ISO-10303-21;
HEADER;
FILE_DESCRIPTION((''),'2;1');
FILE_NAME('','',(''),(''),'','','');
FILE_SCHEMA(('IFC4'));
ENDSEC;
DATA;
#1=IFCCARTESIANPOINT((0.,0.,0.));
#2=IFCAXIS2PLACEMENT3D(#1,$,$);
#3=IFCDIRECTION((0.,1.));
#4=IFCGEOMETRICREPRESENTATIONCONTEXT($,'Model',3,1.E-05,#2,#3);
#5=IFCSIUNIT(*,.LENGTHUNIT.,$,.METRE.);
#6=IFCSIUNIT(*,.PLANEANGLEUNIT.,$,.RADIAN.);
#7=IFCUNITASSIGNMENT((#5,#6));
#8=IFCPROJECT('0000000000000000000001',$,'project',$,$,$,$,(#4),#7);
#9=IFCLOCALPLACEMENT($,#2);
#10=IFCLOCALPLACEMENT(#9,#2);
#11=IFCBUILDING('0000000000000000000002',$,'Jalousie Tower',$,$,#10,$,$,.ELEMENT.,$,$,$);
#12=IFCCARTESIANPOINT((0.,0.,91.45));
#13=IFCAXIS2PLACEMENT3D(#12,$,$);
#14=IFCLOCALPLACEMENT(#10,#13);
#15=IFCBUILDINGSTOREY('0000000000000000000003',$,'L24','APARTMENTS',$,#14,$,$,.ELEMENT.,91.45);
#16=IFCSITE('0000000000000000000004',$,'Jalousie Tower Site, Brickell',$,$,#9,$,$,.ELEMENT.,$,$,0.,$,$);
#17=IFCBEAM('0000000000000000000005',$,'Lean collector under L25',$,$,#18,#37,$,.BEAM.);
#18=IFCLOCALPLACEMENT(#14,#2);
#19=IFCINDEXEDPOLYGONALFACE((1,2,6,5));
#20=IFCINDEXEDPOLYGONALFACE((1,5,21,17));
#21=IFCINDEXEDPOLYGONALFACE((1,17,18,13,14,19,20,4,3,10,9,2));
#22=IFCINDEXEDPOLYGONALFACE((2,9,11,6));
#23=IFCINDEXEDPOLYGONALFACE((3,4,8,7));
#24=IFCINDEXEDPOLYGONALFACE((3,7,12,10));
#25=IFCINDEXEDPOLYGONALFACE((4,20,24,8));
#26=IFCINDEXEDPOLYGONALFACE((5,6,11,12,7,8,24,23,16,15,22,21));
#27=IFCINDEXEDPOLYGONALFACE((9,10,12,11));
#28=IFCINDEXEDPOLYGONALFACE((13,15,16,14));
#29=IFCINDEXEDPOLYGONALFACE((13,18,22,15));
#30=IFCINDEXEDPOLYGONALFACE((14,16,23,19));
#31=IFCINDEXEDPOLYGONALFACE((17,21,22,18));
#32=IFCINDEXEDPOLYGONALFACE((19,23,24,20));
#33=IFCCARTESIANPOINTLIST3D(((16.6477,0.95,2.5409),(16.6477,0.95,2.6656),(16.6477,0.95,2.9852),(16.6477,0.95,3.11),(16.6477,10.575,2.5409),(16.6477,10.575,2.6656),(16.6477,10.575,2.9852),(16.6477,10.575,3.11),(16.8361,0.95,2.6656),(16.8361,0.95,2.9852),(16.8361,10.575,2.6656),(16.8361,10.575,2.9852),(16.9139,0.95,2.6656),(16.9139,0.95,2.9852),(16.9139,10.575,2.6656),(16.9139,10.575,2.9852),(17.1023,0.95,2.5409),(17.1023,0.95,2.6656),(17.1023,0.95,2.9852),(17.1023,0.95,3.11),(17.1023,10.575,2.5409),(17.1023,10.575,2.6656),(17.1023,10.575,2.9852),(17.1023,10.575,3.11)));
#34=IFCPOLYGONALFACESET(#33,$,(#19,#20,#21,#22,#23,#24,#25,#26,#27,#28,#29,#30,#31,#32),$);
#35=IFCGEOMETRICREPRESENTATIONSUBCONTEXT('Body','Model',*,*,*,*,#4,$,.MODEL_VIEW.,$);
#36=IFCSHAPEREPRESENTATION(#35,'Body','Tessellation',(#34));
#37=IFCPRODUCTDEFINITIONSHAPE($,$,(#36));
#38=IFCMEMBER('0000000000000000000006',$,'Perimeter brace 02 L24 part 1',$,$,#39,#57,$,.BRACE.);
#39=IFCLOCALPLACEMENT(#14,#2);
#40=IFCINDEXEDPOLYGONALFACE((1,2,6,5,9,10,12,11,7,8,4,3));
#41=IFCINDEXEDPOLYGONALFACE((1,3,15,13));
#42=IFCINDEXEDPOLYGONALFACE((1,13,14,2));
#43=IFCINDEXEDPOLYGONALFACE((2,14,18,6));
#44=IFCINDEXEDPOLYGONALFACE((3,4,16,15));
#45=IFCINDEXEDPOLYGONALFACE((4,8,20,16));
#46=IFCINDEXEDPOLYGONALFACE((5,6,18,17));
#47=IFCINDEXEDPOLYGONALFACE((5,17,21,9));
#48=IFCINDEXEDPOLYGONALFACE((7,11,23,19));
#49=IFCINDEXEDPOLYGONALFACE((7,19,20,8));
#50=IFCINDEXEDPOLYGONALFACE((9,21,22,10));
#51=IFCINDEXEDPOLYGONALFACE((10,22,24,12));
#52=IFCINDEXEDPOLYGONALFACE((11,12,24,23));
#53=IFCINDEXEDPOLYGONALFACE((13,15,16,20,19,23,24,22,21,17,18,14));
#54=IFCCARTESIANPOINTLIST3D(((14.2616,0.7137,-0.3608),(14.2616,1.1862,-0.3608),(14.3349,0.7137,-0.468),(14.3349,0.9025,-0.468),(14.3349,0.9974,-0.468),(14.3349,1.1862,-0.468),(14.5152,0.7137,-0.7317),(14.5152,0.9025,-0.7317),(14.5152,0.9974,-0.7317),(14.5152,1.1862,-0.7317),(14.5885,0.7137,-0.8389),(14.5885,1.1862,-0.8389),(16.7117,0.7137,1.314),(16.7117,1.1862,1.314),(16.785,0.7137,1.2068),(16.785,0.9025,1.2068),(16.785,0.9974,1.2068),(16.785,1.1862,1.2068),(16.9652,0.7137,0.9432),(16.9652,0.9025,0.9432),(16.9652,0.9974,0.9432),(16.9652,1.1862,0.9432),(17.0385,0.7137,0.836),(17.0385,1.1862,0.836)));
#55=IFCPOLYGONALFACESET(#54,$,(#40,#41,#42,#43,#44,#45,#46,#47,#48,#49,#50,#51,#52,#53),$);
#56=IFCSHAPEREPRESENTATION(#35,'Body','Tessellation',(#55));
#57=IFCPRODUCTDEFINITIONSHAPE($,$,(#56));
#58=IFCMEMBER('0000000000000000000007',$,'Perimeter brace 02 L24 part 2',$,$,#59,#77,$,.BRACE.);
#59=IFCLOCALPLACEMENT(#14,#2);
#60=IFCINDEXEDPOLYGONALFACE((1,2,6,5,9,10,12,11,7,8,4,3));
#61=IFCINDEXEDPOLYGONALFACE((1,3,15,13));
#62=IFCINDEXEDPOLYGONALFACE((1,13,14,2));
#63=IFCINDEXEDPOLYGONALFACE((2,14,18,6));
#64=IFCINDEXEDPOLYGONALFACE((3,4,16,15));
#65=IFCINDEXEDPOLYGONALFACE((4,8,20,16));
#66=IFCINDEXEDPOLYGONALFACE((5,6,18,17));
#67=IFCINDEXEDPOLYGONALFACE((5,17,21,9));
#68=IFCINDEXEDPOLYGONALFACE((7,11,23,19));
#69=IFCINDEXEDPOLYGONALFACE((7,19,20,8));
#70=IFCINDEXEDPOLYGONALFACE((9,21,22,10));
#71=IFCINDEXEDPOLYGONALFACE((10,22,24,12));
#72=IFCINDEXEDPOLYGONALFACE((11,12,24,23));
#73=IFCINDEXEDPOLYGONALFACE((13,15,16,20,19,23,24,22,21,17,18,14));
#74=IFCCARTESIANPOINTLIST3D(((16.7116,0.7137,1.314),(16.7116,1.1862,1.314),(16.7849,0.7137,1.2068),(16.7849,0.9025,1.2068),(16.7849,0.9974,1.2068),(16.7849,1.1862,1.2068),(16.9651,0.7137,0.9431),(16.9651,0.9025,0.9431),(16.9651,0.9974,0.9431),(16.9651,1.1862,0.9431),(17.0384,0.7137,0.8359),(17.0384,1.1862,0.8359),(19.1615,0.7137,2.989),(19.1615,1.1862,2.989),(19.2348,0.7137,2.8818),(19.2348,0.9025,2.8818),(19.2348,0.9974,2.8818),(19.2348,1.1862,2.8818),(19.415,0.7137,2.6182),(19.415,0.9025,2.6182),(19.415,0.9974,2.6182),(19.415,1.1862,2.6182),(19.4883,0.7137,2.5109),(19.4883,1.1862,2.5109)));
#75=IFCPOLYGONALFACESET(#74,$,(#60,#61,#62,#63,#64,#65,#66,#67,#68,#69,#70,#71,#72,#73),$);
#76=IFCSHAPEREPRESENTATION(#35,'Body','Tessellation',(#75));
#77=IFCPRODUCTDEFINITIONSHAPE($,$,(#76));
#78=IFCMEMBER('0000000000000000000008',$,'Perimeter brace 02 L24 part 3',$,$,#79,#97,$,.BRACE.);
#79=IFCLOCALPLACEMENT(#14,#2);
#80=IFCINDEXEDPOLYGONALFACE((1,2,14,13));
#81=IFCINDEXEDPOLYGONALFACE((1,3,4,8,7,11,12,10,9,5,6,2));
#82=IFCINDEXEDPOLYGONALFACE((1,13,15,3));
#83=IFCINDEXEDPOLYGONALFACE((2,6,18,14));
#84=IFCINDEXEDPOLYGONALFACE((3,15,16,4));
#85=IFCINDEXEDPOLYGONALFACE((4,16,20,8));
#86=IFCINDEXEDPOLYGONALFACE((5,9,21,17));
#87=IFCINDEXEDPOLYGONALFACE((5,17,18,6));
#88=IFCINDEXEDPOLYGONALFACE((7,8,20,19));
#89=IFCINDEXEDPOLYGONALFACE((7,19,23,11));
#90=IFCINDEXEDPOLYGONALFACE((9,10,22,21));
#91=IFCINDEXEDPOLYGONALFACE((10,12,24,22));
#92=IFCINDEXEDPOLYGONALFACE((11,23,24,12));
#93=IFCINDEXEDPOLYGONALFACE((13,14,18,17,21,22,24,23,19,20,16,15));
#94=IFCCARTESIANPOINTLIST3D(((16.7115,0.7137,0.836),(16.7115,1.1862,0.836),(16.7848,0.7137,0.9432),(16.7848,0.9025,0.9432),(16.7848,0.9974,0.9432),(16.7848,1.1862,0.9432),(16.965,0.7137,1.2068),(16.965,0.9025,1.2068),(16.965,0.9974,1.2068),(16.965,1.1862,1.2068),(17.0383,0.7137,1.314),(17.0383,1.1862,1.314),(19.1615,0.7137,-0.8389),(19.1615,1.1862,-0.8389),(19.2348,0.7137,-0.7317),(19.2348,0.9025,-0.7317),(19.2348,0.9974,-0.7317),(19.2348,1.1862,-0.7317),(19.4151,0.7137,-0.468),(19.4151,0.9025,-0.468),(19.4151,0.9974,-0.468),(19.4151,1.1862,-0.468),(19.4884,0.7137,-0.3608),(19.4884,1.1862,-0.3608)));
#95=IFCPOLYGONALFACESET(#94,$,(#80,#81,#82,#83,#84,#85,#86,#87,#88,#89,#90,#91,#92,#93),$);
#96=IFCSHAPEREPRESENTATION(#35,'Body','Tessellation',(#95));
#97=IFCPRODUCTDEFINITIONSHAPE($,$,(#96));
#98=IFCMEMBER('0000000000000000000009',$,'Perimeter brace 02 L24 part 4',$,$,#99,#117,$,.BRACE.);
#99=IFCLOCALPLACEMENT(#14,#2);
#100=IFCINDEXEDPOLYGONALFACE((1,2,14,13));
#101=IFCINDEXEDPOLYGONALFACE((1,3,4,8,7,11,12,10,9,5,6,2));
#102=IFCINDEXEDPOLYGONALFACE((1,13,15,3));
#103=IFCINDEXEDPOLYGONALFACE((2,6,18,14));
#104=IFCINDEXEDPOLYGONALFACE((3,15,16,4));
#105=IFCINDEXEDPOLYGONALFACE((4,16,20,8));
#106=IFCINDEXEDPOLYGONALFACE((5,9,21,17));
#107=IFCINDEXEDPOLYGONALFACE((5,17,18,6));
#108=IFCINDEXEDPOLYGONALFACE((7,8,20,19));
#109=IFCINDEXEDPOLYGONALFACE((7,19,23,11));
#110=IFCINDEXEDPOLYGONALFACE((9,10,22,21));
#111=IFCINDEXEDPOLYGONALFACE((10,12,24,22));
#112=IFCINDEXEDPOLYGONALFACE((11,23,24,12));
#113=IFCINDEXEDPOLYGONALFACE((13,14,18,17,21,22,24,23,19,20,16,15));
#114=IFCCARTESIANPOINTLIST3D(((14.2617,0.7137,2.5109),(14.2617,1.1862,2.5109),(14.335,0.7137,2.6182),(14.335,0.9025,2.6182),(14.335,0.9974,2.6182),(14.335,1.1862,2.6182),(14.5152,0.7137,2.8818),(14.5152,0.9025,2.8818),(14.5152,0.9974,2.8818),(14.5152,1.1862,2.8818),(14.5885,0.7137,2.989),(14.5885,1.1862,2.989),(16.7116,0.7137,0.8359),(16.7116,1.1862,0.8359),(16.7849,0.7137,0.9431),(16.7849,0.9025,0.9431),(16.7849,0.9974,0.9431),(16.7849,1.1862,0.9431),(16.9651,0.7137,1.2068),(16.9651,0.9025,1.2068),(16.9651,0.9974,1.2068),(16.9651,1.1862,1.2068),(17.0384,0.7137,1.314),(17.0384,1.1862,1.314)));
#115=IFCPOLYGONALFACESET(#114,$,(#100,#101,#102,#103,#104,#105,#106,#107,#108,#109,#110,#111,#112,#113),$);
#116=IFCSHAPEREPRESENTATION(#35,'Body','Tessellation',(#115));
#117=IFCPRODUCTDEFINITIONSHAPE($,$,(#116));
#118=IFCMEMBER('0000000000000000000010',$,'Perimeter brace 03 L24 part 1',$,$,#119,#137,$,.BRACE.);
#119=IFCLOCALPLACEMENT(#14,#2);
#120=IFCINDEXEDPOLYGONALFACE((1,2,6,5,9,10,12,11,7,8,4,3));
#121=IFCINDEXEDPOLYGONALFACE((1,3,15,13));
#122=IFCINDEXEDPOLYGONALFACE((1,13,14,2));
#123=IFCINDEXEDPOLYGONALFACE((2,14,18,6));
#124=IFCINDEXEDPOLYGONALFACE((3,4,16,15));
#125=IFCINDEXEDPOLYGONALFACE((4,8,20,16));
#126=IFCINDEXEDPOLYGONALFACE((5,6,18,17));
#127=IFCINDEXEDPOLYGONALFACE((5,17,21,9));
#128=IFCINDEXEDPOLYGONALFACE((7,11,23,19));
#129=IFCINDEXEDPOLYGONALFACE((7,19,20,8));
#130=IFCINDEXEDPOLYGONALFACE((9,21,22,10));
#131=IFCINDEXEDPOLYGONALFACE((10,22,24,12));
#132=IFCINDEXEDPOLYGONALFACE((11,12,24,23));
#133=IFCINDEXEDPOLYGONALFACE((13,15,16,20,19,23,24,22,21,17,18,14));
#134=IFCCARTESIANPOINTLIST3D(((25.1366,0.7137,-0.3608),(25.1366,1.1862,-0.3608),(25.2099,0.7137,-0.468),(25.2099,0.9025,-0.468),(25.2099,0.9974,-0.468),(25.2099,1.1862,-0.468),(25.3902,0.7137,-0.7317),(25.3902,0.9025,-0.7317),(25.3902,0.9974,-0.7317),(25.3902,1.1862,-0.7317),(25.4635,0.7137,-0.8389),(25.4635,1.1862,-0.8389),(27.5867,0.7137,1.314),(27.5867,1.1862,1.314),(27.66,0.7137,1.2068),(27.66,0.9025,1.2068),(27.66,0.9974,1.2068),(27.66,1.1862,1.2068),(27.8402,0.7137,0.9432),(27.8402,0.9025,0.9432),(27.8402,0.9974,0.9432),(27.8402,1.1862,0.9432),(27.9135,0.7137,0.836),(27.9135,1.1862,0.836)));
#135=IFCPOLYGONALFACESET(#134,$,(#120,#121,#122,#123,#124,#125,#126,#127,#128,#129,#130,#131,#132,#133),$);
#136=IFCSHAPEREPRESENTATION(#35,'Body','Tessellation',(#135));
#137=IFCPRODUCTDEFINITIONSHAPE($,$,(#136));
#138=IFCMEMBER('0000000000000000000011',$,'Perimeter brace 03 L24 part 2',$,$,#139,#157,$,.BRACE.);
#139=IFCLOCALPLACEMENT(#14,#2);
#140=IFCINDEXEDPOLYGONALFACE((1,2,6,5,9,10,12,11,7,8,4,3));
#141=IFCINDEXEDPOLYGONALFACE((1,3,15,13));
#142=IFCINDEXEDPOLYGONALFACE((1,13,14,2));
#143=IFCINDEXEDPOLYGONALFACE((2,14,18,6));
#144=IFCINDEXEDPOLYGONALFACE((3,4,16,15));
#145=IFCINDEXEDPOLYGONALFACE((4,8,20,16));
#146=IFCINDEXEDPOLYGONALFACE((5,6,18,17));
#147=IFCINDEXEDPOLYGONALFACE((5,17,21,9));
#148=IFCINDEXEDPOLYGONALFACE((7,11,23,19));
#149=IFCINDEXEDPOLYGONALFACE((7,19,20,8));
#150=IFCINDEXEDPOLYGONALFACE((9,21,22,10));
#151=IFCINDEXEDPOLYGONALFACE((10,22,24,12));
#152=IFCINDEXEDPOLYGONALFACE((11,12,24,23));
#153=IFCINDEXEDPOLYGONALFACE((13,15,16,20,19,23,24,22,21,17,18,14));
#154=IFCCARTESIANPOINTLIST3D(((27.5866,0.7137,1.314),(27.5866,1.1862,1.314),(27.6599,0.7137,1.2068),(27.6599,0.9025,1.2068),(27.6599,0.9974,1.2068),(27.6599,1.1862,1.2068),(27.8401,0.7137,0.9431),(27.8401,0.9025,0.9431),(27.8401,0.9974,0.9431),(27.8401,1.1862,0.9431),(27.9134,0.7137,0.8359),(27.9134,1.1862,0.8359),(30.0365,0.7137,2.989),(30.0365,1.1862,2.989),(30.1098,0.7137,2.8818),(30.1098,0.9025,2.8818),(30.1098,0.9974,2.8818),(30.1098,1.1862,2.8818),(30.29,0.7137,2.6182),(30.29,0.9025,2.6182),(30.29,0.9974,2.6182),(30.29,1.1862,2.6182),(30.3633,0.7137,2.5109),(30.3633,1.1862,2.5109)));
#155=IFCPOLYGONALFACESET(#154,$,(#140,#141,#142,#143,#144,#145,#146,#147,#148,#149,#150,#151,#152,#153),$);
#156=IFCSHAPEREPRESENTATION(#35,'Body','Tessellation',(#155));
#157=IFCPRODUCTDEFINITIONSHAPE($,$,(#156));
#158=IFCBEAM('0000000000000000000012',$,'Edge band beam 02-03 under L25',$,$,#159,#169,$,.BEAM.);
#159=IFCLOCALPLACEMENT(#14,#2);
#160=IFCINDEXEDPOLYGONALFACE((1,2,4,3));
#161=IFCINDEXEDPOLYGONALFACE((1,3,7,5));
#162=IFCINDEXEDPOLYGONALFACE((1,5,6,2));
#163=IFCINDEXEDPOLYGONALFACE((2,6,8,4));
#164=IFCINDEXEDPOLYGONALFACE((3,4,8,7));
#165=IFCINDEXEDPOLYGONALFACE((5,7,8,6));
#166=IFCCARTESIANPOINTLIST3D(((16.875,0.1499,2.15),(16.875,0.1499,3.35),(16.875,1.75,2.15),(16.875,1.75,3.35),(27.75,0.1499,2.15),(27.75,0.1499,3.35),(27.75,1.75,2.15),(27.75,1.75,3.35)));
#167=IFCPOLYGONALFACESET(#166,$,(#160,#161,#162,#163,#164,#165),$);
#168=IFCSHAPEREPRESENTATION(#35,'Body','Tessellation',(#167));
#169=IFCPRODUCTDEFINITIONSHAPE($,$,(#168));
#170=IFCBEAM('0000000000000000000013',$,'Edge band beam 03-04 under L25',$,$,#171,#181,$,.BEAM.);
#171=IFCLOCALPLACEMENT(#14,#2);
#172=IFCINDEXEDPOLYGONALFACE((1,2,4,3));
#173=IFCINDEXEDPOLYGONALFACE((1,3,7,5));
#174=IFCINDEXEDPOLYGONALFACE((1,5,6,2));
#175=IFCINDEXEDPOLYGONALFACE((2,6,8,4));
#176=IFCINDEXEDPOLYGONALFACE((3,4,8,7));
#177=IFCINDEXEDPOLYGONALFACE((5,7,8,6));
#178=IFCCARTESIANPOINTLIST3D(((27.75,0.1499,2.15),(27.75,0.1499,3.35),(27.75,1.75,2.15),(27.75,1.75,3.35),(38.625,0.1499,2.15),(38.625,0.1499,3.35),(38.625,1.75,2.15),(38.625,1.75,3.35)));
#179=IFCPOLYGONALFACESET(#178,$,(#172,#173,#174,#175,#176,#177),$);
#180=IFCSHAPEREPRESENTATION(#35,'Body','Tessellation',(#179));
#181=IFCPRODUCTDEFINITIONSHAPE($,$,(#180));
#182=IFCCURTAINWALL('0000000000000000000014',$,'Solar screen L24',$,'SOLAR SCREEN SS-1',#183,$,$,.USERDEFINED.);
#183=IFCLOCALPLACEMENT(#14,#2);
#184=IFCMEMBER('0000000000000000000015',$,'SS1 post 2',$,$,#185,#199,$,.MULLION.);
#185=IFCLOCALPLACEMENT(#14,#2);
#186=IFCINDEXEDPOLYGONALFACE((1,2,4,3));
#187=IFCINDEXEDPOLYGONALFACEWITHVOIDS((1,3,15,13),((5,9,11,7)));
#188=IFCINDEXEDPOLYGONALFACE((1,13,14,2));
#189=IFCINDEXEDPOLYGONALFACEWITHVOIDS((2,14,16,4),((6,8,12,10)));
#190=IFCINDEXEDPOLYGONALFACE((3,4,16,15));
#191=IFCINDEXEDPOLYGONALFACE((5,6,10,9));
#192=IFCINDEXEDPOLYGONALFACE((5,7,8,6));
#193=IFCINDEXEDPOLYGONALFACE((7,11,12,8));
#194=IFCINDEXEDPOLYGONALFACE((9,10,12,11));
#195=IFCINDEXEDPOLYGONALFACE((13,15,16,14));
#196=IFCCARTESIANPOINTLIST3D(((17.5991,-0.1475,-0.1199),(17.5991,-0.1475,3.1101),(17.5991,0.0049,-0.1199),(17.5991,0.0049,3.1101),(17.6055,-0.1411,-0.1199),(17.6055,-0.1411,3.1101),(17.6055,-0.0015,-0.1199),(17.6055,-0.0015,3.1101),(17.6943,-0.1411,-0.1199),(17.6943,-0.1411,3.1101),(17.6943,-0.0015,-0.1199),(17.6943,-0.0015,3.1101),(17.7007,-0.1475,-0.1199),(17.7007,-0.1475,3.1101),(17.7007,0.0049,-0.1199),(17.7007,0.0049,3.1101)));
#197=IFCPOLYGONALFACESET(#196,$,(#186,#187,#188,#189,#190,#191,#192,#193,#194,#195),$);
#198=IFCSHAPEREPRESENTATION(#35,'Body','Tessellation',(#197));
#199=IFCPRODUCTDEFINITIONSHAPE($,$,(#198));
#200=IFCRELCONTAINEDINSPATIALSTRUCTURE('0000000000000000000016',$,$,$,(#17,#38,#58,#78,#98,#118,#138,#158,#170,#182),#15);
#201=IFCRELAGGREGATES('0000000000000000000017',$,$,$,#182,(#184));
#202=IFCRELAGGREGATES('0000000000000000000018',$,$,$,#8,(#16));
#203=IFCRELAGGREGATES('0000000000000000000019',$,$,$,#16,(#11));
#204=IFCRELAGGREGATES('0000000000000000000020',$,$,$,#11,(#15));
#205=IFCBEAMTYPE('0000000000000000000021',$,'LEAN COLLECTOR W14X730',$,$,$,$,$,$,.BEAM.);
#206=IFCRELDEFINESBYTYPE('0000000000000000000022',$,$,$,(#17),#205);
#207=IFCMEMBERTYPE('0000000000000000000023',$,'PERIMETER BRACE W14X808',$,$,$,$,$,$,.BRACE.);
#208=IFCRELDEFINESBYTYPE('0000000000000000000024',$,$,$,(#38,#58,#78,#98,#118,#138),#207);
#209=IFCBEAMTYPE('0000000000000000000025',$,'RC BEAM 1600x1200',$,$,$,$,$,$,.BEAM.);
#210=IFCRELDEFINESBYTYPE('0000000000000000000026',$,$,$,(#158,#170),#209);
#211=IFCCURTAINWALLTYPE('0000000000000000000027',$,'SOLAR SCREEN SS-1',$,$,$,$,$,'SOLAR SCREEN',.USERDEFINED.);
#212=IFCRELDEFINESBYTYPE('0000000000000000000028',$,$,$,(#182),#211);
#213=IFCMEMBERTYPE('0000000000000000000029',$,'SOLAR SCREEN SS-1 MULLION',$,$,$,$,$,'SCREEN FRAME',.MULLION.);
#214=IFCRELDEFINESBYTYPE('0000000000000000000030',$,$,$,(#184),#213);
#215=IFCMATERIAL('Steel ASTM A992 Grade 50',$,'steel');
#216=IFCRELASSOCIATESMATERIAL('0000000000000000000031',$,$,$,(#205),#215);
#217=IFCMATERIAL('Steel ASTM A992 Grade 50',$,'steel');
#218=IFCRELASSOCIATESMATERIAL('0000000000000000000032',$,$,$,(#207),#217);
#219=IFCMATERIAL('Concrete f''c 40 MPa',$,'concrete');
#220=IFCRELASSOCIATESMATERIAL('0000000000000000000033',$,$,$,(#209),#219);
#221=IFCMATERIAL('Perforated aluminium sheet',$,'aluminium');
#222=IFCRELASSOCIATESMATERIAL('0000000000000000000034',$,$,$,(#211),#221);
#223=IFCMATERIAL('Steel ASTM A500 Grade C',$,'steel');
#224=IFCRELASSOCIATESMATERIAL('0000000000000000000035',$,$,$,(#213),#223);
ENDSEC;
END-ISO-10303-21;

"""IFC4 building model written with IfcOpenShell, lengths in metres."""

from ifc_helpers import new_model, si_unit, direction, frame, origin, origin_2d, place, context, subcontext, project, spatial, rectangle, hollow_rectangle, i_section, extrude, material, material_profile, profile_set, type_object, element, aggregate, save


model = new_model("IFC4")

# Units and contexts
model_context = context("Model", 3, precision=1e-05, world=origin(), true_north=direction((0.0, 1.0)))
body_context = subcontext(model_context, "Body", "Model", "MODEL_VIEW")
ifc_project = project(units=[si_unit("LENGTHUNIT", "METRE"), si_unit("PLANEANGLEUNIT", "RADIAN")], contexts=[model_context])

# Site, building, storey
site_placement = place(None, origin())
site = spatial("IfcSite", under=ifc_project, at=site_placement, Name="Jalousie Tower Site, Brickell", CompositionType="ELEMENT", RefElevation=0.0)
building_placement = place(site_placement, origin())
building = spatial("IfcBuilding", under=site, at=building_placement, Name="Jalousie Tower", CompositionType="ELEMENT")
storey_placement = place(building_placement, frame((0.0, 0.0, 91.45)))
storey = spatial("IfcBuildingStorey", under=building, at=storey_placement, Name="L24", Description="APARTMENTS", CompositionType="ELEMENT", Elevation=91.45)

# Beam
ifc_material_1 = material(Name="Steel ASTM A992 Grade 50", Category="steel")
ifc_material_profile_1 = material_profile(ifc_material_1, i_section(OverallWidth=0.4546, OverallDepth=0.5691, WebThickness=0.0779, FlangeThickness=0.1248, at=origin_2d()), Name="W14X730")
ifc_profile_set_1 = profile_set([ifc_material_profile_1], Name="Steel ASTM A992 Grade 50")
beam_type_1 = type_object("IfcBeamType", Name="LEAN COLLECTOR W14X730", PredefinedType="BEAM", material=ifc_profile_set_1)
beam_placement = place(storey_placement, frame((16.875, 0.95, 2.8254), z_axis=(0.0, 1.0, 0.0), x_axis=(-1.0, 0.0, 0.0)))
element("IfcBeam", 1, at=beam_placement, inside=storey, type_object=beam_type_1, Name="Lean collector under L25", PredefinedType="BEAM", context=body_context, shape_type="SweptSolid", body=[
    extrude(i_section(OverallWidth=0.4546, OverallDepth=0.5691, WebThickness=0.0779, FlangeThickness=0.1248, at=origin_2d()), origin(), (0.0, 0.0, 1.0), 9.625),
])

# Members
ifc_material_2 = material(Name="Steel ASTM A992 Grade 50", Category="steel")
ifc_material_profile_2 = material_profile(ifc_material_2, i_section(OverallWidth=0.4724, OverallDepth=0.5791, WebThickness=0.095, FlangeThickness=0.1299, at=origin_2d()), Name="W14X808")
ifc_profile_set_2 = profile_set([ifc_material_profile_2], Name="Steel ASTM A992 Grade 50")
member_type_1 = type_object("IfcMemberType", Name="PERIMETER BRACE W14X808", PredefinedType="BRACE", material=ifc_profile_set_2)
for number, where, z_axis, x_axis, name in (
    (2, (14.425, 0.95, -0.5999), (0.825539, 0.0, 0.564345), (0.0, 1.0, 0.0), "Perimeter brace 02 L24 part 1"),
    (3, (16.875, 0.95, 1.075), (0.825501, 0.0, 0.564401), (0.0, 1.0, 0.0), "Perimeter brace 02 L24 part 2"),
    (4, (19.325, 0.95, -0.5999), (-0.825539, 0.0, 0.564345), (0.0, -1.0, 0.0), "Perimeter brace 02 L24 part 3"),
    (5, (16.875, 0.95, 1.075), (-0.825501, 0.0, 0.564401), (0.0, -1.0, 0.0), "Perimeter brace 02 L24 part 4"),
    (6, (25.3, 0.95, -0.5999), (0.825539, 0.0, 0.564345), (0.0, 1.0, 0.0), "Perimeter brace 03 L24 part 1"),
    (7, (27.75, 0.95, 1.075), (0.825501, 0.0, 0.564401), (0.0, 1.0, 0.0), "Perimeter brace 03 L24 part 2"),
):
    element("IfcMember", number, at=place(storey_placement, frame(where, z_axis=z_axis, x_axis=x_axis)), inside=storey, type_object=member_type_1, Name=name, PredefinedType="BRACE", context=body_context, shape_type="SweptSolid", body=[
        extrude(i_section(OverallWidth=0.4724, OverallDepth=0.5791, WebThickness=0.095, FlangeThickness=0.1299, at=origin_2d()), origin(), (0.0, 0.0, 1.0), 2.9678),
    ])

# Beams
ifc_material_3 = material(Name="Concrete f'c 40 MPa", Category="concrete")
ifc_material_profile_3 = material_profile(ifc_material_3, rectangle(XDim=1.6001, YDim=1.2, at=origin_2d()), Name="RC 1600x1200")
ifc_profile_set_3 = profile_set([ifc_material_profile_3], Name="Concrete f'c 40 MPa")
beam_type_2 = type_object("IfcBeamType", Name="RC BEAM 1600x1200", PredefinedType="BEAM", material=ifc_profile_set_3)
for number, where, z_axis, x_axis, name in (
    (8, (16.875, 0.95, 2.75), (1.0, 0.0, 0.0), (0.0, 1.0, 0.0), "Edge band beam 02-03 under L25"),
    (9, (27.75, 0.95, 2.75), (1.0, 0.0, 0.0), (0.0, 1.0, 0.0), "Edge band beam 03-04 under L25"),
):
    element("IfcBeam", number, at=place(storey_placement, frame(where, z_axis=z_axis, x_axis=x_axis)), inside=storey, type_object=beam_type_2, Name=name, PredefinedType="BEAM", context=body_context, shape_type="SweptSolid", body=[
        extrude(rectangle(XDim=1.6001, YDim=1.2, at=origin_2d()), origin(), (0.0, 0.0, 1.0), 10.875),
    ])

# Curtain wall, member
ifc_material_4 = material(Name="Perforated aluminium sheet", Category="aluminium")
curtain_wall_type = type_object("IfcCurtainWallType", Name="SOLAR SCREEN SS-1", ElementType="SOLAR SCREEN", PredefinedType="USERDEFINED", material=ifc_material_4)
curtain_wall_1_placement = place(storey_placement, origin())
curtain_wall_1 = element("IfcCurtainWall", 10, at=curtain_wall_1_placement, inside=storey, type_object=curtain_wall_type, Name="Solar screen L24", ObjectType="SOLAR SCREEN SS-1", PredefinedType="USERDEFINED")
ifc_material_5 = material(Name="Steel ASTM A500 Grade C", Category="steel")
ifc_material_profile_4 = material_profile(ifc_material_5, hollow_rectangle(XDim=0.1016, YDim=0.1523, WallThickness=0.0063, at=origin_2d()), Name="HSS6X4X1/4")
ifc_profile_set_4 = profile_set([ifc_material_profile_4], Name="Steel ASTM A500 Grade C")
member_type_2 = type_object("IfcMemberType", Name="SOLAR SCREEN SS-1 MULLION", ElementType="SCREEN FRAME", PredefinedType="MULLION", material=ifc_profile_set_4)
member_1_placement = place(storey_placement, frame((17.6499, -0.0713, -0.1199), z_axis=(0.0, 0.0, 1.0), x_axis=(1.0, 0.0, 0.0)))
member_1 = element("IfcMember", 11, at=member_1_placement, type_object=member_type_2, Name="SS1 post 2", PredefinedType="MULLION", context=body_context, shape_type="SweptSolid", body=[
    extrude(hollow_rectangle(XDim=0.1016, YDim=0.1523, WallThickness=0.0063, at=origin_2d()), origin(), (0.0, 0.0, 1.0), 3.23),
])
aggregate(curtain_wall_1, [member_1])

save(model, "model.ifc")
